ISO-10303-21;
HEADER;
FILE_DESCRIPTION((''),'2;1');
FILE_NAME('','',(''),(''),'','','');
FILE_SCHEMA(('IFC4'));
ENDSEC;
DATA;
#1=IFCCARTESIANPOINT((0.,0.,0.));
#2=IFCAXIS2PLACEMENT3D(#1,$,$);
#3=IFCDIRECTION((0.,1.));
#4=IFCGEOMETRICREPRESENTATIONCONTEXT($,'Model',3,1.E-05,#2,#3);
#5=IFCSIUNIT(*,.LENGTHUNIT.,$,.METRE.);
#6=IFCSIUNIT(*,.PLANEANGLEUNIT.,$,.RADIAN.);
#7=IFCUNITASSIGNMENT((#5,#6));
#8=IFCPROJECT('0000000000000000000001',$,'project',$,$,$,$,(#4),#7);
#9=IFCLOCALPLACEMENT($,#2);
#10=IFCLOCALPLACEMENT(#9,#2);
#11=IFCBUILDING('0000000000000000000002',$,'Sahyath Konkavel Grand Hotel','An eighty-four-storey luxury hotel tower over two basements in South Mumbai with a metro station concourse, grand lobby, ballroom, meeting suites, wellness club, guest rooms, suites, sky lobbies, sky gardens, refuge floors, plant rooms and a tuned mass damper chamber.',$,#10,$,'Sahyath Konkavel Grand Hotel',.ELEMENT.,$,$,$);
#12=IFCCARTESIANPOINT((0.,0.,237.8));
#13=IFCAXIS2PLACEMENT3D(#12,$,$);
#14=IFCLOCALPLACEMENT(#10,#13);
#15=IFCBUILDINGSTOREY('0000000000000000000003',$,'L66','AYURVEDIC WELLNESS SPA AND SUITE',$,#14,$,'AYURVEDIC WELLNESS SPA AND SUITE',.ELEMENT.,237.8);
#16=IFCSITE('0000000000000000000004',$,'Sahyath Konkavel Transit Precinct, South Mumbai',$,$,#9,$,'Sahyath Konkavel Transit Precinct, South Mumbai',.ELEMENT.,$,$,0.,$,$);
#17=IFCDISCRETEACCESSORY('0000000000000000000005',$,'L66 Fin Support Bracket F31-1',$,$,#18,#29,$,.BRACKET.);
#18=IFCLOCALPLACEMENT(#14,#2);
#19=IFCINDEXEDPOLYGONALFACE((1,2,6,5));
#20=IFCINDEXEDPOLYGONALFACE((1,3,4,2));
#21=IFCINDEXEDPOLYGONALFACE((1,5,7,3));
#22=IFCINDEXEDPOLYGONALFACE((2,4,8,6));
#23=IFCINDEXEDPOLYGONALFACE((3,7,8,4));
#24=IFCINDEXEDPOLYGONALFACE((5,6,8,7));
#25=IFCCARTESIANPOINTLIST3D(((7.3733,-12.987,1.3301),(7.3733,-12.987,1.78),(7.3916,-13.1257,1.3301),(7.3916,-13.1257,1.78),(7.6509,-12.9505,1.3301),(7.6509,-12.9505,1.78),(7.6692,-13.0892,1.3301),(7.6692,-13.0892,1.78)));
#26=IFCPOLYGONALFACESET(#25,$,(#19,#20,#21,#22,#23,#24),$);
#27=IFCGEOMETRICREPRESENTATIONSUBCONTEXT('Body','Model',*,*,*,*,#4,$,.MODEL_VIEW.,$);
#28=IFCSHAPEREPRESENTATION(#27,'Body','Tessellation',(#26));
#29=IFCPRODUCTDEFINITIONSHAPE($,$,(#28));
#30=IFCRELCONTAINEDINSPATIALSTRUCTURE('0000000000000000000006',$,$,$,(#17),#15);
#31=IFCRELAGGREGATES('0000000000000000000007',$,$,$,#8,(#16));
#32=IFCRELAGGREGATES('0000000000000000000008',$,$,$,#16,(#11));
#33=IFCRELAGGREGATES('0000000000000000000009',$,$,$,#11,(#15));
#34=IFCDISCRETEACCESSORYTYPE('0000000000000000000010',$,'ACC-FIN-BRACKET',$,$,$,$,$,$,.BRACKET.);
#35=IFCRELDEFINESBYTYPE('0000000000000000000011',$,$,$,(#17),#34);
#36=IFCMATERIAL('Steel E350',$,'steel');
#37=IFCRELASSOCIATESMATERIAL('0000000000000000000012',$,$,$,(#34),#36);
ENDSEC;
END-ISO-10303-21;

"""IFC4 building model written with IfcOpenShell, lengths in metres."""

from ifc_helpers import new_model, si_unit, direction, frame, origin, origin_2d, place, context, subcontext, project, spatial, rectangle, extrude, source, transform, mapped, material, type_object, element, save


model = new_model("IFC4")

# Units and contexts
model_context = context("Model", 3, precision=1e-05, world=origin(), true_north=direction((0.0, 1.0)))
body_context = subcontext(model_context, "Body", "Model", "MODEL_VIEW")
ifc_project = project(units=[si_unit("LENGTHUNIT", "METRE"), si_unit("PLANEANGLEUNIT", "RADIAN")], contexts=[model_context])

# Site, building, storey
site_placement = place(None, origin())
site = spatial("IfcSite", under=ifc_project, at=site_placement, Name="Sahyath Konkavel Transit Precinct, South Mumbai", LongName="Sahyath Konkavel Transit Precinct, South Mumbai", CompositionType="ELEMENT", RefElevation=0.0)
building_placement = place(site_placement, origin())
building = spatial("IfcBuilding", under=site, at=building_placement, Name="Sahyath Konkavel Grand Hotel", Description="An eighty-four-storey luxury hotel tower over two basements in South Mumbai with a metro station concourse, grand lobby, ballroom, meeting suites, wellness club, guest rooms, suites, sky lobbies, sky gardens, refuge floors, plant rooms and a tuned mass damper chamber.", LongName="Sahyath Konkavel Grand Hotel", CompositionType="ELEMENT")
storey_placement = place(building_placement, frame((0.0, 0.0, 237.8)))
storey = spatial("IfcBuildingStorey", under=building, at=storey_placement, Name="L66", Description="AYURVEDIC WELLNESS SPA AND SUITE", LongName="AYURVEDIC WELLNESS SPA AND SUITE", CompositionType="ELEMENT", Elevation=237.8)

# Discrete accessory
ifc_material_1 = material(Name="Steel E350", Category="steel")
discrete_accessory_type = type_object("IfcDiscreteAccessoryType", Name="ACC-FIN-BRACKET", PredefinedType="BRACKET", material=ifc_material_1)
shared_shape_1 = source(origin(), body_context, "Body", "SweptSolid", [
    extrude(rectangle(XDim=0.28, YDim=0.1399, at=origin_2d()), origin(), (0.0, 0.0, 1.0), 0.45),
])
discrete_accessory_placement = place(storey_placement, frame((7.5212, -13.0381, 1.3301), z_axis=(0.0, 0.0, 1.0), x_axis=(0.991445, 0.130526, 0.0)))
element("IfcDiscreteAccessory", 1, at=discrete_accessory_placement, inside=storey, type_object=discrete_accessory_type, Name="L66 Fin Support Bracket F31-1", PredefinedType="BRACKET", context=body_context, shape_type="MappedRepresentation", body=[
    mapped(shared_shape_1, transform((0.0, 0.0, 0.0), scale=1.0)),
])

save(model, "model.ifc")
